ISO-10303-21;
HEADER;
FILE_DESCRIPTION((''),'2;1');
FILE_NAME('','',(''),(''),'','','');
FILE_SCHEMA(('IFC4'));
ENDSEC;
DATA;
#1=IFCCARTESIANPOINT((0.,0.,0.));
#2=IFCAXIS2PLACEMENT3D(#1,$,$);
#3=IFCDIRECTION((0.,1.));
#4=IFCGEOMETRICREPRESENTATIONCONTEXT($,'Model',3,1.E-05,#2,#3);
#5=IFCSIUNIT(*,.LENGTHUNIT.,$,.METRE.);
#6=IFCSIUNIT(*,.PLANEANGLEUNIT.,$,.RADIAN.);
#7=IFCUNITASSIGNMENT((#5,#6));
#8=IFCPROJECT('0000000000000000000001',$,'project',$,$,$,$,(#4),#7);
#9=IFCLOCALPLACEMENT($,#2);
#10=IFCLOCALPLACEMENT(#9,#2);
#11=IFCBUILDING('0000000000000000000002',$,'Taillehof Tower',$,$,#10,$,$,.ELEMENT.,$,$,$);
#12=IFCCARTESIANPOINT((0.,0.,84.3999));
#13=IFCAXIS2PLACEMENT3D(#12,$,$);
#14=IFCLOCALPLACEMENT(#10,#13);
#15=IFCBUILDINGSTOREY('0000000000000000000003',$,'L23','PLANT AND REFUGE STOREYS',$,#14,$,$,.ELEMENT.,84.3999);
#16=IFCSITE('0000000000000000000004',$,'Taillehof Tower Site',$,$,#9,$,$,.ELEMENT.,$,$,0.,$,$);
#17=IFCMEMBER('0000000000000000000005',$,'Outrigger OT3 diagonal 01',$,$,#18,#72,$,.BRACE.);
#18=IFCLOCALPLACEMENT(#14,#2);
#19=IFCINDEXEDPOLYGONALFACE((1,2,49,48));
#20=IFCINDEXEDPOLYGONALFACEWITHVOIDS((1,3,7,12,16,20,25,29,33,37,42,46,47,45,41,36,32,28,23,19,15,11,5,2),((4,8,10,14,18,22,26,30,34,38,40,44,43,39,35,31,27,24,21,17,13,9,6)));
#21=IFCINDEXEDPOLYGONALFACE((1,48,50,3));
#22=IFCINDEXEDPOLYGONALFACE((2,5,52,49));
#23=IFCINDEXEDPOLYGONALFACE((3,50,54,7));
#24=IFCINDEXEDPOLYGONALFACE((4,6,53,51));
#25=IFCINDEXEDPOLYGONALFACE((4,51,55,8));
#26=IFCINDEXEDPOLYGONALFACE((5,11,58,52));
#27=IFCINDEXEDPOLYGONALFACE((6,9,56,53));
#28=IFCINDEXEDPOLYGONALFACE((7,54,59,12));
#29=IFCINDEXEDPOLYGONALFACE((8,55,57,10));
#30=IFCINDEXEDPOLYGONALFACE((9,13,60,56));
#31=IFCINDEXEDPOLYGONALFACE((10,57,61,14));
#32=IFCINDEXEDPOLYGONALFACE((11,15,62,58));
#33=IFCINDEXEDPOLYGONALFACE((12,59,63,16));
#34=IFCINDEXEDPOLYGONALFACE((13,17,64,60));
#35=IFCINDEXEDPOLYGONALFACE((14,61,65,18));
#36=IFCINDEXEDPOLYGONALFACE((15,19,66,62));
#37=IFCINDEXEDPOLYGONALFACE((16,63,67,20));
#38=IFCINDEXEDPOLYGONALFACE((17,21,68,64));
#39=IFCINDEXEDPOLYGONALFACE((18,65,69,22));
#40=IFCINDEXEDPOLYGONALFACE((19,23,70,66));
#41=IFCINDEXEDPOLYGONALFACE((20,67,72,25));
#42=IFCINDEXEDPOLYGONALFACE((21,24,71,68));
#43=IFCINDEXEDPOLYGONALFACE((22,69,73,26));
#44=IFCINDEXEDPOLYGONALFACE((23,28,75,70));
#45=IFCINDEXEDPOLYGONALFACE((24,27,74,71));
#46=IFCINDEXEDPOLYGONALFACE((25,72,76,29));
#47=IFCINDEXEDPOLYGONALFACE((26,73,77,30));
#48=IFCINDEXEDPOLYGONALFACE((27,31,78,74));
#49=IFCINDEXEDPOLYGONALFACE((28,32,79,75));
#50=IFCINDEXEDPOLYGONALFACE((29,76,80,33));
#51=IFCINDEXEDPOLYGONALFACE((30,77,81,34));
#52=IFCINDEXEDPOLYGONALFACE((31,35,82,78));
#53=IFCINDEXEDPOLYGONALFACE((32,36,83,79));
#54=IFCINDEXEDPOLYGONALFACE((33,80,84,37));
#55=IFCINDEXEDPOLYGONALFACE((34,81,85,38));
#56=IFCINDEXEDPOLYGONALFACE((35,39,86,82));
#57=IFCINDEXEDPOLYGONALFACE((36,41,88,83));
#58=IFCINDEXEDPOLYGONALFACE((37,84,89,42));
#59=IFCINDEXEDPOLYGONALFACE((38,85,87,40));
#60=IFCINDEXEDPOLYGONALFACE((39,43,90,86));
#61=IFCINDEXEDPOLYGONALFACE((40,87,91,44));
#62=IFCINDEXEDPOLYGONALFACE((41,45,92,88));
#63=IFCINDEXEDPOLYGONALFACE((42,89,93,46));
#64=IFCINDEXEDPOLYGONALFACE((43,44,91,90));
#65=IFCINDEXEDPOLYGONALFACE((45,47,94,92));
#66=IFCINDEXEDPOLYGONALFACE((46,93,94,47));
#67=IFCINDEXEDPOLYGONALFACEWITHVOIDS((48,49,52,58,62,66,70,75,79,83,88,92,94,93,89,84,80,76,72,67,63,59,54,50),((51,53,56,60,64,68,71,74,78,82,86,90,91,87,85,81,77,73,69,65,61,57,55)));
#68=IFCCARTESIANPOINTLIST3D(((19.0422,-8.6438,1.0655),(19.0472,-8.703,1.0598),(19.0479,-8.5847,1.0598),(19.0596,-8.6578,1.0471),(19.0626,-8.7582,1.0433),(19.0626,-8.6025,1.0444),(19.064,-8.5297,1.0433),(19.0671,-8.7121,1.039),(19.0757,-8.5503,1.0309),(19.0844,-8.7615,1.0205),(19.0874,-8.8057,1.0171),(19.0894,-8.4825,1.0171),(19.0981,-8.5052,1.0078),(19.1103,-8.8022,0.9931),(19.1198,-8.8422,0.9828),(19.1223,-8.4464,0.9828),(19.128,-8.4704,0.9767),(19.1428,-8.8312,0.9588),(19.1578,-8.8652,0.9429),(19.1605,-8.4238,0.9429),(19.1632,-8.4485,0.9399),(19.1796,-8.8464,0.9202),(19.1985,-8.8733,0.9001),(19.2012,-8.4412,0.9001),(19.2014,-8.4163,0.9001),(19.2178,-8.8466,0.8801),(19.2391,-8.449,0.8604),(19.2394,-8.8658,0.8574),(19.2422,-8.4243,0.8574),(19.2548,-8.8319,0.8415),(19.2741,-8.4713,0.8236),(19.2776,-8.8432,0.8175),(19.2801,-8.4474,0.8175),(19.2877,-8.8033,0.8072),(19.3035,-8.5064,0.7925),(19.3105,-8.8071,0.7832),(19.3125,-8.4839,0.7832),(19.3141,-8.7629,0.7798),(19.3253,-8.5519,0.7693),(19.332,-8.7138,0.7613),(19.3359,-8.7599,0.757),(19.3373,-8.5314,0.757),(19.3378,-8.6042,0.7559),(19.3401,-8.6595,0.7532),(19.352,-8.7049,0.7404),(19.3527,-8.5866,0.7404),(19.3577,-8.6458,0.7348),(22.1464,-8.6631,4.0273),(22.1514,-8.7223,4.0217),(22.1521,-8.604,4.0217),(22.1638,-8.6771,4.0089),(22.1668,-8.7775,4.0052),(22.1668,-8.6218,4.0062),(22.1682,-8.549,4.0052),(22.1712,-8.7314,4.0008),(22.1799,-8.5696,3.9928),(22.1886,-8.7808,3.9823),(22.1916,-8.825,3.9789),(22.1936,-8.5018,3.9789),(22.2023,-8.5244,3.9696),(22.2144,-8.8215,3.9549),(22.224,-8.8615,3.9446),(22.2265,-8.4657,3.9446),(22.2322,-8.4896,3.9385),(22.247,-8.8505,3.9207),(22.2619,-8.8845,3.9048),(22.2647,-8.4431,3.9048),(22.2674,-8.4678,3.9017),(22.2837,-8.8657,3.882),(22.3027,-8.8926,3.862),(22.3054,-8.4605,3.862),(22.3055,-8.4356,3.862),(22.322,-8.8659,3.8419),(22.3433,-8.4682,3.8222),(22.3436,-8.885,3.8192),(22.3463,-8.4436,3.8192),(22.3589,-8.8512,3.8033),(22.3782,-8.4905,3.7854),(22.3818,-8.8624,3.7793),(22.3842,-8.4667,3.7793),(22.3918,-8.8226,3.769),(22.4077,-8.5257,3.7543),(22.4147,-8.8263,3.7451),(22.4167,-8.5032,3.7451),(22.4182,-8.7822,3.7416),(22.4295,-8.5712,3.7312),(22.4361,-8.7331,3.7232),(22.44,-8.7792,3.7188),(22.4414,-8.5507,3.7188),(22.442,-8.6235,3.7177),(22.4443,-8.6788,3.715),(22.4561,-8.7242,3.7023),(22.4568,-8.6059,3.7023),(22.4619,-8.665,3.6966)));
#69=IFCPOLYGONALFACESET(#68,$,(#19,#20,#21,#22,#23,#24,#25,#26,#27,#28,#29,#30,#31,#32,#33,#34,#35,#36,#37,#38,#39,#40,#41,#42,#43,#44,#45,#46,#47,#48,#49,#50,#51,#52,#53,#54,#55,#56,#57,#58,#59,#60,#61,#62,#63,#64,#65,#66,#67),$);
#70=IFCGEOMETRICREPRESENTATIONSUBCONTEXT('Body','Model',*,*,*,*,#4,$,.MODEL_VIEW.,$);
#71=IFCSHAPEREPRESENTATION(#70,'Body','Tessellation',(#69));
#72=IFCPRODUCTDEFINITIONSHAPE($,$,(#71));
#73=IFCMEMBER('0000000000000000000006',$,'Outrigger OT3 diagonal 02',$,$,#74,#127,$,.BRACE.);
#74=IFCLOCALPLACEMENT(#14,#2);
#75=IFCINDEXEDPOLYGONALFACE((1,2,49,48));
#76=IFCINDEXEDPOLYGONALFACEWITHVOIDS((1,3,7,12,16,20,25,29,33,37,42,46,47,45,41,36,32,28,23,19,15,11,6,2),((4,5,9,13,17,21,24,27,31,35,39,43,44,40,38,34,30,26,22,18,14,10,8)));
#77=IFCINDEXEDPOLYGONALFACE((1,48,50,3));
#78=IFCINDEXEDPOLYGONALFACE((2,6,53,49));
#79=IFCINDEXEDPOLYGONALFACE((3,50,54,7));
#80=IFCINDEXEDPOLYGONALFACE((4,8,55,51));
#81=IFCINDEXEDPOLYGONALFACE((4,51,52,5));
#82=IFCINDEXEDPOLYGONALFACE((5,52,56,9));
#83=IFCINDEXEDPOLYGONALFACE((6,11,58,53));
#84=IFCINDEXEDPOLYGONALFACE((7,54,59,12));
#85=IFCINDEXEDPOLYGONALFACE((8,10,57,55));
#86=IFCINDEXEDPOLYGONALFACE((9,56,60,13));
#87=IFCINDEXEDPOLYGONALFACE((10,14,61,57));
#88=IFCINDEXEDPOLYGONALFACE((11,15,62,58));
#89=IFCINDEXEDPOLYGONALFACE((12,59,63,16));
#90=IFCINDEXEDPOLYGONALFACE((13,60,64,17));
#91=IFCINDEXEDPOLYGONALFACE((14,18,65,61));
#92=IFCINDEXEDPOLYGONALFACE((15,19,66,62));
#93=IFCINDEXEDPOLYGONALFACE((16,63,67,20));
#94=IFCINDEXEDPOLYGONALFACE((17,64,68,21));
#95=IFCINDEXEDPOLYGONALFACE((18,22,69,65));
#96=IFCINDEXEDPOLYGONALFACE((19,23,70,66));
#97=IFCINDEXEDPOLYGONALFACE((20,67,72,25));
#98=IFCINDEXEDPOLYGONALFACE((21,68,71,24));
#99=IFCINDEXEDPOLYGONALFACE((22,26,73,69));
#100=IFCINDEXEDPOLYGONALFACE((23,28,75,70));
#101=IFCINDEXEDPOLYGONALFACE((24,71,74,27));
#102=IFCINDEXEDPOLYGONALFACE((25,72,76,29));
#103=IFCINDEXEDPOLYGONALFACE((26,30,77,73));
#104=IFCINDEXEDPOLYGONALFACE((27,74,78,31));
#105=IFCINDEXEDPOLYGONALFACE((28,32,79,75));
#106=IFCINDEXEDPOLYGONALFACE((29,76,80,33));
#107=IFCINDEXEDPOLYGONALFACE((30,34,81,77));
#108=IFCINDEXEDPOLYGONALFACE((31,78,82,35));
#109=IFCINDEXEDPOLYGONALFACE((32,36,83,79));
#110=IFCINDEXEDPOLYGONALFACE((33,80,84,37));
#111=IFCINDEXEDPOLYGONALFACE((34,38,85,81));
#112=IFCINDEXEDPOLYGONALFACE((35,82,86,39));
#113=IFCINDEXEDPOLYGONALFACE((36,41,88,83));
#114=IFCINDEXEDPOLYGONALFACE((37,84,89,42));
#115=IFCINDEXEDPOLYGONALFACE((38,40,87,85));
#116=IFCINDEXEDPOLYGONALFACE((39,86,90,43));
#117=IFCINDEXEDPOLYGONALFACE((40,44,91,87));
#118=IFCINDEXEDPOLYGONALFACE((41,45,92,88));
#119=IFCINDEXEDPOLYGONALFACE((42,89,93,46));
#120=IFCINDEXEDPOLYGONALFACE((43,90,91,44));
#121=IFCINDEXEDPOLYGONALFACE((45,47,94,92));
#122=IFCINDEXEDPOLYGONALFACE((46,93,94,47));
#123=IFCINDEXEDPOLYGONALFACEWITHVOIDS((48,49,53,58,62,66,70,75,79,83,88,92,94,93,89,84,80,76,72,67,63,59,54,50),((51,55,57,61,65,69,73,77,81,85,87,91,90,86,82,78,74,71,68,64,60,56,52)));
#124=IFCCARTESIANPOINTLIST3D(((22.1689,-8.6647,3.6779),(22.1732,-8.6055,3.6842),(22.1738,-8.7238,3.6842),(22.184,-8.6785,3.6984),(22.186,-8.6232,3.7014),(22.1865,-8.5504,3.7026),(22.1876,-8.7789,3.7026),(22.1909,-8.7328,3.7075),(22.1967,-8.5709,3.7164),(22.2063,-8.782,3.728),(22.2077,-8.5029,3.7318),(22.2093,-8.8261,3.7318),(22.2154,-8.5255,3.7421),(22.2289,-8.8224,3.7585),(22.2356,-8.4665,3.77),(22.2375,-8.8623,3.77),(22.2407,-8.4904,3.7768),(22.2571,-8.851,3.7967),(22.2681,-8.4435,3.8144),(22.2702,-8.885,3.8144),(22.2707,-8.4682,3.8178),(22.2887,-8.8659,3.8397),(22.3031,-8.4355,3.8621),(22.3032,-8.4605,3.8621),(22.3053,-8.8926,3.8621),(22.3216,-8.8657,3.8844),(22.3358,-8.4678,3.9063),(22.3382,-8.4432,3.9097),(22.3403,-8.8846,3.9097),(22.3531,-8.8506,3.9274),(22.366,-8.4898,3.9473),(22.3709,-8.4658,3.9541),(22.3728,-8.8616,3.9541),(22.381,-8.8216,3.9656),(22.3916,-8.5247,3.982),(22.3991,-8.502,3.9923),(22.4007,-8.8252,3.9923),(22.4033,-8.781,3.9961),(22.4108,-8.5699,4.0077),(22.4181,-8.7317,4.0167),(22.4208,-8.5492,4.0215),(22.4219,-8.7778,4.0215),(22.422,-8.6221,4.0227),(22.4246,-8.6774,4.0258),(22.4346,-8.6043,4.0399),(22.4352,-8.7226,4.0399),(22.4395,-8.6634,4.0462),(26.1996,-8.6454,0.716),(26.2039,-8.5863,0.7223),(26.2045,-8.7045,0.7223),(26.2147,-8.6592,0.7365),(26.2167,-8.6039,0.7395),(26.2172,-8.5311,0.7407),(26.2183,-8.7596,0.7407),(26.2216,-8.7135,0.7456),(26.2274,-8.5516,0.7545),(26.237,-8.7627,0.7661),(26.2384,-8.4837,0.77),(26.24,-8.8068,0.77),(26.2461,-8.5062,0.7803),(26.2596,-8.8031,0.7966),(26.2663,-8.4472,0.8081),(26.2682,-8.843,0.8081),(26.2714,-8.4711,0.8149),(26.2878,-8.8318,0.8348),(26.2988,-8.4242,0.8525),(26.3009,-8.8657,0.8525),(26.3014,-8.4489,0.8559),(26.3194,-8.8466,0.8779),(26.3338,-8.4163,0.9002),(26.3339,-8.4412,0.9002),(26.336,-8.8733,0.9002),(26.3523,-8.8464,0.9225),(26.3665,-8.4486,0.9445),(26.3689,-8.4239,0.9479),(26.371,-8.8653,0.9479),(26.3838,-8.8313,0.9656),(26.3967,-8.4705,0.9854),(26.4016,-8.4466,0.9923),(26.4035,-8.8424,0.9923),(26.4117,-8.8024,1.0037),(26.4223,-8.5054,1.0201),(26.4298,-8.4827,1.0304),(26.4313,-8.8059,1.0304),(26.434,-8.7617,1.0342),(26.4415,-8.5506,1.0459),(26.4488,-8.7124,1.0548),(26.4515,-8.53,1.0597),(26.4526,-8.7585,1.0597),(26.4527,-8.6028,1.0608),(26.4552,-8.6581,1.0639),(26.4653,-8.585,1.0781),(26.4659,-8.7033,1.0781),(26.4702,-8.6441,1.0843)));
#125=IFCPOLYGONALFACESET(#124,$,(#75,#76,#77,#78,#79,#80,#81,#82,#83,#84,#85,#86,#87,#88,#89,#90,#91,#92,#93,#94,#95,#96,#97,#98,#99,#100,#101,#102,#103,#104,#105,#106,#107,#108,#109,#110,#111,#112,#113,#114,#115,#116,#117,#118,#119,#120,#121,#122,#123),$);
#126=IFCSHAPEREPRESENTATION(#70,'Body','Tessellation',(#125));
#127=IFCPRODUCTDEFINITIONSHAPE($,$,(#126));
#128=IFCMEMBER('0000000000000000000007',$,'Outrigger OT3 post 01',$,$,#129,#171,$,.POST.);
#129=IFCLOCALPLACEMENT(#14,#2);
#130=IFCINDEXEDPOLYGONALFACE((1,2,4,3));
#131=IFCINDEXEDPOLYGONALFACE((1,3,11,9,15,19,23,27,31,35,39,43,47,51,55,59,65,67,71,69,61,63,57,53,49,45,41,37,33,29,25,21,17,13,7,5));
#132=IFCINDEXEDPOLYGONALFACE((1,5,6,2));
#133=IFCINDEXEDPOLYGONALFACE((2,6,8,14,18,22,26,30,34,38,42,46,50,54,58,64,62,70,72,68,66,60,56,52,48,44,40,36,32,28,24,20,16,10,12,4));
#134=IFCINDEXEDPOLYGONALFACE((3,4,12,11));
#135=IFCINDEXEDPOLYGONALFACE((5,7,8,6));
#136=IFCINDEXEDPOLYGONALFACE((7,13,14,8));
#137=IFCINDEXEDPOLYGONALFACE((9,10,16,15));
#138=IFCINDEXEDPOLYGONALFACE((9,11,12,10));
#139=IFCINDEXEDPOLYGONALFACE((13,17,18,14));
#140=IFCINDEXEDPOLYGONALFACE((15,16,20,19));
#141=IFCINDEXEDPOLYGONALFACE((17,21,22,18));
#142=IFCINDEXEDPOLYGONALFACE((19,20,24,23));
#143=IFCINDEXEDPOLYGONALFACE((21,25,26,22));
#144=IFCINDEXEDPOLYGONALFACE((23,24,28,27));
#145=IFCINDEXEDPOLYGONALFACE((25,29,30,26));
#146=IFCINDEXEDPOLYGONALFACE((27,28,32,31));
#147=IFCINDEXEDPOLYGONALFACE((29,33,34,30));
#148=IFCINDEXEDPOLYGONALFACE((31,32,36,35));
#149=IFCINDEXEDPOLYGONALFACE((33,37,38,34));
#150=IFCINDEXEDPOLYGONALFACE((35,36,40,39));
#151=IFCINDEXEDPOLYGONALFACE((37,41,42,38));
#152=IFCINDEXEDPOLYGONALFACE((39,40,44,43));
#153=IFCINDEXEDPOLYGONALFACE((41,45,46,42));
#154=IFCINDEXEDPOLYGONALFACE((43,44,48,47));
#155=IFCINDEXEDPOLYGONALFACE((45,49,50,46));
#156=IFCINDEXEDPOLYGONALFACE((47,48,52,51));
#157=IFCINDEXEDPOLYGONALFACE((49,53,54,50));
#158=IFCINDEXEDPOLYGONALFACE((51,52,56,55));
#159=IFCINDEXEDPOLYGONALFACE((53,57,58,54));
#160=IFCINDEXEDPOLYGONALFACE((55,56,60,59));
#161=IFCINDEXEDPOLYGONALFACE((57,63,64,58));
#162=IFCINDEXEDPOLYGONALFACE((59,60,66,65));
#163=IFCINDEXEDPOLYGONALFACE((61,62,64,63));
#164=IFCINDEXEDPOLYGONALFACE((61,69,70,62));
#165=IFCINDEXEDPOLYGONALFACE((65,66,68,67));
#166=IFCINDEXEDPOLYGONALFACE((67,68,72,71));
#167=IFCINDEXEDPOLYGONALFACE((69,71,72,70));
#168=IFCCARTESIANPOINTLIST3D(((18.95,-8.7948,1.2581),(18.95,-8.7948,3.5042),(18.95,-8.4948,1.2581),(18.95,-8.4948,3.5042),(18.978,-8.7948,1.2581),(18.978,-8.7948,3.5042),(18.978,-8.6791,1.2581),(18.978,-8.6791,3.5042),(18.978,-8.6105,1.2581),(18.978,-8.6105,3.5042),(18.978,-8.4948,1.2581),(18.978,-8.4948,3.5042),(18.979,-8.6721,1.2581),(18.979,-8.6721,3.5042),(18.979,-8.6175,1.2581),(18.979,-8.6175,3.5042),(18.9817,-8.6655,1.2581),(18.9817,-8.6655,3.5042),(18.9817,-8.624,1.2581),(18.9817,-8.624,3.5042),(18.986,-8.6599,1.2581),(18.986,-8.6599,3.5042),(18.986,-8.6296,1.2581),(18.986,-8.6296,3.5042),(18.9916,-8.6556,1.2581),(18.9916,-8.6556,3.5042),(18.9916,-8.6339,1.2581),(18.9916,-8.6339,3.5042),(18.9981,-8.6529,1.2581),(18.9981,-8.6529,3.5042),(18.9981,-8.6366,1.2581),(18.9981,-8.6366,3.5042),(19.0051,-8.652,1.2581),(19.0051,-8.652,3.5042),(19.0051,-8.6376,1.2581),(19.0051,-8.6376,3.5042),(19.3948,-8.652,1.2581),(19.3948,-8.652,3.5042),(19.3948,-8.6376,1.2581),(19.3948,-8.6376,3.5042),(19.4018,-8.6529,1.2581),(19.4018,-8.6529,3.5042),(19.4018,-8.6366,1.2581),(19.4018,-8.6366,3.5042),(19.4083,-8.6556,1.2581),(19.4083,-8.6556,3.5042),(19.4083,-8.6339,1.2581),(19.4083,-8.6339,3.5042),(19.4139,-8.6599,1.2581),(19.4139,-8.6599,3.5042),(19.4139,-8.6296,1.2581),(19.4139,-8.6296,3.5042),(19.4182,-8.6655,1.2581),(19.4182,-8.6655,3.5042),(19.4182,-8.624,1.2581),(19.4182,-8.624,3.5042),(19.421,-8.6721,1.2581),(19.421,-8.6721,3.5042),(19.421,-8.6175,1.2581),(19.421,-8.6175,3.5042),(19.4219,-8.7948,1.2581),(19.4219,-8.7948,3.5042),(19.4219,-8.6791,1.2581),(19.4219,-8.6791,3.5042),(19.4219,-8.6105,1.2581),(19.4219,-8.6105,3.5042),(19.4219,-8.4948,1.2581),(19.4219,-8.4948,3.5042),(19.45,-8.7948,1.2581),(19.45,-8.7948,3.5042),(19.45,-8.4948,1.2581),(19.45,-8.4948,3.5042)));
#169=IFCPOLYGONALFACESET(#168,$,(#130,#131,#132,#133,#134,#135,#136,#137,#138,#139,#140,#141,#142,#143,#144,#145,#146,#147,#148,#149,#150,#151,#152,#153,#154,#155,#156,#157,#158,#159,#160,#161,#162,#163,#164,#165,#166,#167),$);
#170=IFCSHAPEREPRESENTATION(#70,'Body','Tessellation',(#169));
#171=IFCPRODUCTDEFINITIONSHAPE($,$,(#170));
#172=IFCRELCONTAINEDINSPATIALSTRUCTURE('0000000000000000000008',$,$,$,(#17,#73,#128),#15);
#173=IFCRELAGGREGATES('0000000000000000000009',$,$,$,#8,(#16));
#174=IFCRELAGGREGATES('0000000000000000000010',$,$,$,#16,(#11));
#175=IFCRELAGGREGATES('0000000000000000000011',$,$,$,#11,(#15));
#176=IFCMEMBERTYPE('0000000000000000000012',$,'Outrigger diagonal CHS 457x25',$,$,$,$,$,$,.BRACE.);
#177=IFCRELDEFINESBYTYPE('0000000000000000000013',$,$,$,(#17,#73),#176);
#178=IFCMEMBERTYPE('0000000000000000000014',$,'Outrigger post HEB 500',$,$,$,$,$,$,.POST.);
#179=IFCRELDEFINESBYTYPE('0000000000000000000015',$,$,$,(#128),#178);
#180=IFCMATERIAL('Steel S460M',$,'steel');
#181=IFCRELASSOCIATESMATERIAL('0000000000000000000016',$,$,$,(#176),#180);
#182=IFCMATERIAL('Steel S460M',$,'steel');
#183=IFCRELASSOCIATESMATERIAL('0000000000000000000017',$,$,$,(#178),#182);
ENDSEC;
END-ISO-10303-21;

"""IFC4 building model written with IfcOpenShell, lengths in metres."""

from ifc_helpers import new_model, si_unit, direction, frame, origin, origin_2d, place, context, subcontext, project, spatial, hollow_circle, i_section, extrude, material, material_profile, profile_set, type_object, element, save


model = new_model("IFC4")

# Units and contexts
model_context = context("Model", 3, precision=1e-05, world=origin(), true_north=direction((0.0, 1.0)))
body_context = subcontext(model_context, "Body", "Model", "MODEL_VIEW")
ifc_project = project(units=[si_unit("LENGTHUNIT", "METRE"), si_unit("PLANEANGLEUNIT", "RADIAN")], contexts=[model_context])

# Site, building, storey
site_placement = place(None, origin())
site = spatial("IfcSite", under=ifc_project, at=site_placement, Name="Taillehof Tower Site", CompositionType="ELEMENT", RefElevation=0.0)
building_placement = place(site_placement, origin())
building = spatial("IfcBuilding", under=site, at=building_placement, Name="Taillehof Tower", CompositionType="ELEMENT")
storey_placement = place(building_placement, frame((0.0, 0.0, 84.3999)))
storey = spatial("IfcBuildingStorey", under=building, at=storey_placement, Name="L23", Description="PLANT AND REFUGE STOREYS", CompositionType="ELEMENT", Elevation=84.3999)

# Members
ifc_material_1 = material(Name="Steel S460M", Category="steel")
ifc_material_profile_1 = material_profile(ifc_material_1, hollow_circle(Radius=0.2285, WallThickness=0.0249, at=origin_2d()), Name="CHS 457x25")
ifc_profile_set_1 = profile_set([ifc_material_profile_1], Name="Steel S460M")
member_type_1 = type_object("IfcMemberType", Name="Outrigger diagonal CHS 457x25", PredefinedType="BRACE", material=ifc_profile_set_1)
member_1_placement = place(storey_placement, frame((19.2, -8.6448, 0.9001), z_axis=(0.723492, -0.004495, 0.690319), x_axis=(0.006213, 0.999981, 0.0)))
element("IfcMember", 1, at=member_1_placement, inside=storey, type_object=member_type_1, Name="Outrigger OT3 diagonal 01", PredefinedType="BRACE", context=body_context, shape_type="SweptSolid", body=[
    extrude(hollow_circle(Radius=0.2285, WallThickness=0.0249, at=origin_2d()), origin(), (0.0, 0.0, 1.0), 4.2905),
])
member_2_placement = place(storey_placement, frame((22.3042, -8.6641, 3.8621), z_axis=(0.805824, 0.003856, -0.592142), x_axis=(-0.004785, 0.999989, 0.0)))
element("IfcMember", 2, at=member_2_placement, inside=storey, type_object=member_type_1, Name="Outrigger OT3 diagonal 02", PredefinedType="BRACE", context=body_context, shape_type="SweptSolid", body=[
    extrude(hollow_circle(Radius=0.2285, WallThickness=0.0249, at=origin_2d()), origin(), (0.0, 0.0, 1.0), 5.002),
])
ifc_material_2 = material(Name="Steel S460M", Category="steel")
ifc_material_profile_2 = material_profile(ifc_material_2, i_section(OverallWidth=0.3, OverallDepth=0.5, WebThickness=0.0144, FlangeThickness=0.0281, FilletRadius=0.0271, at=origin_2d()), Name="HEB 500")
ifc_profile_set_2 = profile_set([ifc_material_profile_2], Name="Steel S460M")
member_type_2 = type_object("IfcMemberType", Name="Outrigger post HEB 500", PredefinedType="POST", material=ifc_profile_set_2)
member_3_placement = place(storey_placement, frame((19.2, -8.6448, 1.2581), z_axis=(0.0, 0.0, 1.0), x_axis=(0.0, -1.0, 0.0)))
element("IfcMember", 3, at=member_3_placement, inside=storey, type_object=member_type_2, Name="Outrigger OT3 post 01", PredefinedType="POST", context=body_context, shape_type="SweptSolid", body=[
    extrude(i_section(OverallWidth=0.3, OverallDepth=0.5, WebThickness=0.0144, FlangeThickness=0.0281, FilletRadius=0.0271, at=origin_2d()), origin(), (0.0, 0.0, 1.0), 2.2461),
])

save(model, "model.ifc")
